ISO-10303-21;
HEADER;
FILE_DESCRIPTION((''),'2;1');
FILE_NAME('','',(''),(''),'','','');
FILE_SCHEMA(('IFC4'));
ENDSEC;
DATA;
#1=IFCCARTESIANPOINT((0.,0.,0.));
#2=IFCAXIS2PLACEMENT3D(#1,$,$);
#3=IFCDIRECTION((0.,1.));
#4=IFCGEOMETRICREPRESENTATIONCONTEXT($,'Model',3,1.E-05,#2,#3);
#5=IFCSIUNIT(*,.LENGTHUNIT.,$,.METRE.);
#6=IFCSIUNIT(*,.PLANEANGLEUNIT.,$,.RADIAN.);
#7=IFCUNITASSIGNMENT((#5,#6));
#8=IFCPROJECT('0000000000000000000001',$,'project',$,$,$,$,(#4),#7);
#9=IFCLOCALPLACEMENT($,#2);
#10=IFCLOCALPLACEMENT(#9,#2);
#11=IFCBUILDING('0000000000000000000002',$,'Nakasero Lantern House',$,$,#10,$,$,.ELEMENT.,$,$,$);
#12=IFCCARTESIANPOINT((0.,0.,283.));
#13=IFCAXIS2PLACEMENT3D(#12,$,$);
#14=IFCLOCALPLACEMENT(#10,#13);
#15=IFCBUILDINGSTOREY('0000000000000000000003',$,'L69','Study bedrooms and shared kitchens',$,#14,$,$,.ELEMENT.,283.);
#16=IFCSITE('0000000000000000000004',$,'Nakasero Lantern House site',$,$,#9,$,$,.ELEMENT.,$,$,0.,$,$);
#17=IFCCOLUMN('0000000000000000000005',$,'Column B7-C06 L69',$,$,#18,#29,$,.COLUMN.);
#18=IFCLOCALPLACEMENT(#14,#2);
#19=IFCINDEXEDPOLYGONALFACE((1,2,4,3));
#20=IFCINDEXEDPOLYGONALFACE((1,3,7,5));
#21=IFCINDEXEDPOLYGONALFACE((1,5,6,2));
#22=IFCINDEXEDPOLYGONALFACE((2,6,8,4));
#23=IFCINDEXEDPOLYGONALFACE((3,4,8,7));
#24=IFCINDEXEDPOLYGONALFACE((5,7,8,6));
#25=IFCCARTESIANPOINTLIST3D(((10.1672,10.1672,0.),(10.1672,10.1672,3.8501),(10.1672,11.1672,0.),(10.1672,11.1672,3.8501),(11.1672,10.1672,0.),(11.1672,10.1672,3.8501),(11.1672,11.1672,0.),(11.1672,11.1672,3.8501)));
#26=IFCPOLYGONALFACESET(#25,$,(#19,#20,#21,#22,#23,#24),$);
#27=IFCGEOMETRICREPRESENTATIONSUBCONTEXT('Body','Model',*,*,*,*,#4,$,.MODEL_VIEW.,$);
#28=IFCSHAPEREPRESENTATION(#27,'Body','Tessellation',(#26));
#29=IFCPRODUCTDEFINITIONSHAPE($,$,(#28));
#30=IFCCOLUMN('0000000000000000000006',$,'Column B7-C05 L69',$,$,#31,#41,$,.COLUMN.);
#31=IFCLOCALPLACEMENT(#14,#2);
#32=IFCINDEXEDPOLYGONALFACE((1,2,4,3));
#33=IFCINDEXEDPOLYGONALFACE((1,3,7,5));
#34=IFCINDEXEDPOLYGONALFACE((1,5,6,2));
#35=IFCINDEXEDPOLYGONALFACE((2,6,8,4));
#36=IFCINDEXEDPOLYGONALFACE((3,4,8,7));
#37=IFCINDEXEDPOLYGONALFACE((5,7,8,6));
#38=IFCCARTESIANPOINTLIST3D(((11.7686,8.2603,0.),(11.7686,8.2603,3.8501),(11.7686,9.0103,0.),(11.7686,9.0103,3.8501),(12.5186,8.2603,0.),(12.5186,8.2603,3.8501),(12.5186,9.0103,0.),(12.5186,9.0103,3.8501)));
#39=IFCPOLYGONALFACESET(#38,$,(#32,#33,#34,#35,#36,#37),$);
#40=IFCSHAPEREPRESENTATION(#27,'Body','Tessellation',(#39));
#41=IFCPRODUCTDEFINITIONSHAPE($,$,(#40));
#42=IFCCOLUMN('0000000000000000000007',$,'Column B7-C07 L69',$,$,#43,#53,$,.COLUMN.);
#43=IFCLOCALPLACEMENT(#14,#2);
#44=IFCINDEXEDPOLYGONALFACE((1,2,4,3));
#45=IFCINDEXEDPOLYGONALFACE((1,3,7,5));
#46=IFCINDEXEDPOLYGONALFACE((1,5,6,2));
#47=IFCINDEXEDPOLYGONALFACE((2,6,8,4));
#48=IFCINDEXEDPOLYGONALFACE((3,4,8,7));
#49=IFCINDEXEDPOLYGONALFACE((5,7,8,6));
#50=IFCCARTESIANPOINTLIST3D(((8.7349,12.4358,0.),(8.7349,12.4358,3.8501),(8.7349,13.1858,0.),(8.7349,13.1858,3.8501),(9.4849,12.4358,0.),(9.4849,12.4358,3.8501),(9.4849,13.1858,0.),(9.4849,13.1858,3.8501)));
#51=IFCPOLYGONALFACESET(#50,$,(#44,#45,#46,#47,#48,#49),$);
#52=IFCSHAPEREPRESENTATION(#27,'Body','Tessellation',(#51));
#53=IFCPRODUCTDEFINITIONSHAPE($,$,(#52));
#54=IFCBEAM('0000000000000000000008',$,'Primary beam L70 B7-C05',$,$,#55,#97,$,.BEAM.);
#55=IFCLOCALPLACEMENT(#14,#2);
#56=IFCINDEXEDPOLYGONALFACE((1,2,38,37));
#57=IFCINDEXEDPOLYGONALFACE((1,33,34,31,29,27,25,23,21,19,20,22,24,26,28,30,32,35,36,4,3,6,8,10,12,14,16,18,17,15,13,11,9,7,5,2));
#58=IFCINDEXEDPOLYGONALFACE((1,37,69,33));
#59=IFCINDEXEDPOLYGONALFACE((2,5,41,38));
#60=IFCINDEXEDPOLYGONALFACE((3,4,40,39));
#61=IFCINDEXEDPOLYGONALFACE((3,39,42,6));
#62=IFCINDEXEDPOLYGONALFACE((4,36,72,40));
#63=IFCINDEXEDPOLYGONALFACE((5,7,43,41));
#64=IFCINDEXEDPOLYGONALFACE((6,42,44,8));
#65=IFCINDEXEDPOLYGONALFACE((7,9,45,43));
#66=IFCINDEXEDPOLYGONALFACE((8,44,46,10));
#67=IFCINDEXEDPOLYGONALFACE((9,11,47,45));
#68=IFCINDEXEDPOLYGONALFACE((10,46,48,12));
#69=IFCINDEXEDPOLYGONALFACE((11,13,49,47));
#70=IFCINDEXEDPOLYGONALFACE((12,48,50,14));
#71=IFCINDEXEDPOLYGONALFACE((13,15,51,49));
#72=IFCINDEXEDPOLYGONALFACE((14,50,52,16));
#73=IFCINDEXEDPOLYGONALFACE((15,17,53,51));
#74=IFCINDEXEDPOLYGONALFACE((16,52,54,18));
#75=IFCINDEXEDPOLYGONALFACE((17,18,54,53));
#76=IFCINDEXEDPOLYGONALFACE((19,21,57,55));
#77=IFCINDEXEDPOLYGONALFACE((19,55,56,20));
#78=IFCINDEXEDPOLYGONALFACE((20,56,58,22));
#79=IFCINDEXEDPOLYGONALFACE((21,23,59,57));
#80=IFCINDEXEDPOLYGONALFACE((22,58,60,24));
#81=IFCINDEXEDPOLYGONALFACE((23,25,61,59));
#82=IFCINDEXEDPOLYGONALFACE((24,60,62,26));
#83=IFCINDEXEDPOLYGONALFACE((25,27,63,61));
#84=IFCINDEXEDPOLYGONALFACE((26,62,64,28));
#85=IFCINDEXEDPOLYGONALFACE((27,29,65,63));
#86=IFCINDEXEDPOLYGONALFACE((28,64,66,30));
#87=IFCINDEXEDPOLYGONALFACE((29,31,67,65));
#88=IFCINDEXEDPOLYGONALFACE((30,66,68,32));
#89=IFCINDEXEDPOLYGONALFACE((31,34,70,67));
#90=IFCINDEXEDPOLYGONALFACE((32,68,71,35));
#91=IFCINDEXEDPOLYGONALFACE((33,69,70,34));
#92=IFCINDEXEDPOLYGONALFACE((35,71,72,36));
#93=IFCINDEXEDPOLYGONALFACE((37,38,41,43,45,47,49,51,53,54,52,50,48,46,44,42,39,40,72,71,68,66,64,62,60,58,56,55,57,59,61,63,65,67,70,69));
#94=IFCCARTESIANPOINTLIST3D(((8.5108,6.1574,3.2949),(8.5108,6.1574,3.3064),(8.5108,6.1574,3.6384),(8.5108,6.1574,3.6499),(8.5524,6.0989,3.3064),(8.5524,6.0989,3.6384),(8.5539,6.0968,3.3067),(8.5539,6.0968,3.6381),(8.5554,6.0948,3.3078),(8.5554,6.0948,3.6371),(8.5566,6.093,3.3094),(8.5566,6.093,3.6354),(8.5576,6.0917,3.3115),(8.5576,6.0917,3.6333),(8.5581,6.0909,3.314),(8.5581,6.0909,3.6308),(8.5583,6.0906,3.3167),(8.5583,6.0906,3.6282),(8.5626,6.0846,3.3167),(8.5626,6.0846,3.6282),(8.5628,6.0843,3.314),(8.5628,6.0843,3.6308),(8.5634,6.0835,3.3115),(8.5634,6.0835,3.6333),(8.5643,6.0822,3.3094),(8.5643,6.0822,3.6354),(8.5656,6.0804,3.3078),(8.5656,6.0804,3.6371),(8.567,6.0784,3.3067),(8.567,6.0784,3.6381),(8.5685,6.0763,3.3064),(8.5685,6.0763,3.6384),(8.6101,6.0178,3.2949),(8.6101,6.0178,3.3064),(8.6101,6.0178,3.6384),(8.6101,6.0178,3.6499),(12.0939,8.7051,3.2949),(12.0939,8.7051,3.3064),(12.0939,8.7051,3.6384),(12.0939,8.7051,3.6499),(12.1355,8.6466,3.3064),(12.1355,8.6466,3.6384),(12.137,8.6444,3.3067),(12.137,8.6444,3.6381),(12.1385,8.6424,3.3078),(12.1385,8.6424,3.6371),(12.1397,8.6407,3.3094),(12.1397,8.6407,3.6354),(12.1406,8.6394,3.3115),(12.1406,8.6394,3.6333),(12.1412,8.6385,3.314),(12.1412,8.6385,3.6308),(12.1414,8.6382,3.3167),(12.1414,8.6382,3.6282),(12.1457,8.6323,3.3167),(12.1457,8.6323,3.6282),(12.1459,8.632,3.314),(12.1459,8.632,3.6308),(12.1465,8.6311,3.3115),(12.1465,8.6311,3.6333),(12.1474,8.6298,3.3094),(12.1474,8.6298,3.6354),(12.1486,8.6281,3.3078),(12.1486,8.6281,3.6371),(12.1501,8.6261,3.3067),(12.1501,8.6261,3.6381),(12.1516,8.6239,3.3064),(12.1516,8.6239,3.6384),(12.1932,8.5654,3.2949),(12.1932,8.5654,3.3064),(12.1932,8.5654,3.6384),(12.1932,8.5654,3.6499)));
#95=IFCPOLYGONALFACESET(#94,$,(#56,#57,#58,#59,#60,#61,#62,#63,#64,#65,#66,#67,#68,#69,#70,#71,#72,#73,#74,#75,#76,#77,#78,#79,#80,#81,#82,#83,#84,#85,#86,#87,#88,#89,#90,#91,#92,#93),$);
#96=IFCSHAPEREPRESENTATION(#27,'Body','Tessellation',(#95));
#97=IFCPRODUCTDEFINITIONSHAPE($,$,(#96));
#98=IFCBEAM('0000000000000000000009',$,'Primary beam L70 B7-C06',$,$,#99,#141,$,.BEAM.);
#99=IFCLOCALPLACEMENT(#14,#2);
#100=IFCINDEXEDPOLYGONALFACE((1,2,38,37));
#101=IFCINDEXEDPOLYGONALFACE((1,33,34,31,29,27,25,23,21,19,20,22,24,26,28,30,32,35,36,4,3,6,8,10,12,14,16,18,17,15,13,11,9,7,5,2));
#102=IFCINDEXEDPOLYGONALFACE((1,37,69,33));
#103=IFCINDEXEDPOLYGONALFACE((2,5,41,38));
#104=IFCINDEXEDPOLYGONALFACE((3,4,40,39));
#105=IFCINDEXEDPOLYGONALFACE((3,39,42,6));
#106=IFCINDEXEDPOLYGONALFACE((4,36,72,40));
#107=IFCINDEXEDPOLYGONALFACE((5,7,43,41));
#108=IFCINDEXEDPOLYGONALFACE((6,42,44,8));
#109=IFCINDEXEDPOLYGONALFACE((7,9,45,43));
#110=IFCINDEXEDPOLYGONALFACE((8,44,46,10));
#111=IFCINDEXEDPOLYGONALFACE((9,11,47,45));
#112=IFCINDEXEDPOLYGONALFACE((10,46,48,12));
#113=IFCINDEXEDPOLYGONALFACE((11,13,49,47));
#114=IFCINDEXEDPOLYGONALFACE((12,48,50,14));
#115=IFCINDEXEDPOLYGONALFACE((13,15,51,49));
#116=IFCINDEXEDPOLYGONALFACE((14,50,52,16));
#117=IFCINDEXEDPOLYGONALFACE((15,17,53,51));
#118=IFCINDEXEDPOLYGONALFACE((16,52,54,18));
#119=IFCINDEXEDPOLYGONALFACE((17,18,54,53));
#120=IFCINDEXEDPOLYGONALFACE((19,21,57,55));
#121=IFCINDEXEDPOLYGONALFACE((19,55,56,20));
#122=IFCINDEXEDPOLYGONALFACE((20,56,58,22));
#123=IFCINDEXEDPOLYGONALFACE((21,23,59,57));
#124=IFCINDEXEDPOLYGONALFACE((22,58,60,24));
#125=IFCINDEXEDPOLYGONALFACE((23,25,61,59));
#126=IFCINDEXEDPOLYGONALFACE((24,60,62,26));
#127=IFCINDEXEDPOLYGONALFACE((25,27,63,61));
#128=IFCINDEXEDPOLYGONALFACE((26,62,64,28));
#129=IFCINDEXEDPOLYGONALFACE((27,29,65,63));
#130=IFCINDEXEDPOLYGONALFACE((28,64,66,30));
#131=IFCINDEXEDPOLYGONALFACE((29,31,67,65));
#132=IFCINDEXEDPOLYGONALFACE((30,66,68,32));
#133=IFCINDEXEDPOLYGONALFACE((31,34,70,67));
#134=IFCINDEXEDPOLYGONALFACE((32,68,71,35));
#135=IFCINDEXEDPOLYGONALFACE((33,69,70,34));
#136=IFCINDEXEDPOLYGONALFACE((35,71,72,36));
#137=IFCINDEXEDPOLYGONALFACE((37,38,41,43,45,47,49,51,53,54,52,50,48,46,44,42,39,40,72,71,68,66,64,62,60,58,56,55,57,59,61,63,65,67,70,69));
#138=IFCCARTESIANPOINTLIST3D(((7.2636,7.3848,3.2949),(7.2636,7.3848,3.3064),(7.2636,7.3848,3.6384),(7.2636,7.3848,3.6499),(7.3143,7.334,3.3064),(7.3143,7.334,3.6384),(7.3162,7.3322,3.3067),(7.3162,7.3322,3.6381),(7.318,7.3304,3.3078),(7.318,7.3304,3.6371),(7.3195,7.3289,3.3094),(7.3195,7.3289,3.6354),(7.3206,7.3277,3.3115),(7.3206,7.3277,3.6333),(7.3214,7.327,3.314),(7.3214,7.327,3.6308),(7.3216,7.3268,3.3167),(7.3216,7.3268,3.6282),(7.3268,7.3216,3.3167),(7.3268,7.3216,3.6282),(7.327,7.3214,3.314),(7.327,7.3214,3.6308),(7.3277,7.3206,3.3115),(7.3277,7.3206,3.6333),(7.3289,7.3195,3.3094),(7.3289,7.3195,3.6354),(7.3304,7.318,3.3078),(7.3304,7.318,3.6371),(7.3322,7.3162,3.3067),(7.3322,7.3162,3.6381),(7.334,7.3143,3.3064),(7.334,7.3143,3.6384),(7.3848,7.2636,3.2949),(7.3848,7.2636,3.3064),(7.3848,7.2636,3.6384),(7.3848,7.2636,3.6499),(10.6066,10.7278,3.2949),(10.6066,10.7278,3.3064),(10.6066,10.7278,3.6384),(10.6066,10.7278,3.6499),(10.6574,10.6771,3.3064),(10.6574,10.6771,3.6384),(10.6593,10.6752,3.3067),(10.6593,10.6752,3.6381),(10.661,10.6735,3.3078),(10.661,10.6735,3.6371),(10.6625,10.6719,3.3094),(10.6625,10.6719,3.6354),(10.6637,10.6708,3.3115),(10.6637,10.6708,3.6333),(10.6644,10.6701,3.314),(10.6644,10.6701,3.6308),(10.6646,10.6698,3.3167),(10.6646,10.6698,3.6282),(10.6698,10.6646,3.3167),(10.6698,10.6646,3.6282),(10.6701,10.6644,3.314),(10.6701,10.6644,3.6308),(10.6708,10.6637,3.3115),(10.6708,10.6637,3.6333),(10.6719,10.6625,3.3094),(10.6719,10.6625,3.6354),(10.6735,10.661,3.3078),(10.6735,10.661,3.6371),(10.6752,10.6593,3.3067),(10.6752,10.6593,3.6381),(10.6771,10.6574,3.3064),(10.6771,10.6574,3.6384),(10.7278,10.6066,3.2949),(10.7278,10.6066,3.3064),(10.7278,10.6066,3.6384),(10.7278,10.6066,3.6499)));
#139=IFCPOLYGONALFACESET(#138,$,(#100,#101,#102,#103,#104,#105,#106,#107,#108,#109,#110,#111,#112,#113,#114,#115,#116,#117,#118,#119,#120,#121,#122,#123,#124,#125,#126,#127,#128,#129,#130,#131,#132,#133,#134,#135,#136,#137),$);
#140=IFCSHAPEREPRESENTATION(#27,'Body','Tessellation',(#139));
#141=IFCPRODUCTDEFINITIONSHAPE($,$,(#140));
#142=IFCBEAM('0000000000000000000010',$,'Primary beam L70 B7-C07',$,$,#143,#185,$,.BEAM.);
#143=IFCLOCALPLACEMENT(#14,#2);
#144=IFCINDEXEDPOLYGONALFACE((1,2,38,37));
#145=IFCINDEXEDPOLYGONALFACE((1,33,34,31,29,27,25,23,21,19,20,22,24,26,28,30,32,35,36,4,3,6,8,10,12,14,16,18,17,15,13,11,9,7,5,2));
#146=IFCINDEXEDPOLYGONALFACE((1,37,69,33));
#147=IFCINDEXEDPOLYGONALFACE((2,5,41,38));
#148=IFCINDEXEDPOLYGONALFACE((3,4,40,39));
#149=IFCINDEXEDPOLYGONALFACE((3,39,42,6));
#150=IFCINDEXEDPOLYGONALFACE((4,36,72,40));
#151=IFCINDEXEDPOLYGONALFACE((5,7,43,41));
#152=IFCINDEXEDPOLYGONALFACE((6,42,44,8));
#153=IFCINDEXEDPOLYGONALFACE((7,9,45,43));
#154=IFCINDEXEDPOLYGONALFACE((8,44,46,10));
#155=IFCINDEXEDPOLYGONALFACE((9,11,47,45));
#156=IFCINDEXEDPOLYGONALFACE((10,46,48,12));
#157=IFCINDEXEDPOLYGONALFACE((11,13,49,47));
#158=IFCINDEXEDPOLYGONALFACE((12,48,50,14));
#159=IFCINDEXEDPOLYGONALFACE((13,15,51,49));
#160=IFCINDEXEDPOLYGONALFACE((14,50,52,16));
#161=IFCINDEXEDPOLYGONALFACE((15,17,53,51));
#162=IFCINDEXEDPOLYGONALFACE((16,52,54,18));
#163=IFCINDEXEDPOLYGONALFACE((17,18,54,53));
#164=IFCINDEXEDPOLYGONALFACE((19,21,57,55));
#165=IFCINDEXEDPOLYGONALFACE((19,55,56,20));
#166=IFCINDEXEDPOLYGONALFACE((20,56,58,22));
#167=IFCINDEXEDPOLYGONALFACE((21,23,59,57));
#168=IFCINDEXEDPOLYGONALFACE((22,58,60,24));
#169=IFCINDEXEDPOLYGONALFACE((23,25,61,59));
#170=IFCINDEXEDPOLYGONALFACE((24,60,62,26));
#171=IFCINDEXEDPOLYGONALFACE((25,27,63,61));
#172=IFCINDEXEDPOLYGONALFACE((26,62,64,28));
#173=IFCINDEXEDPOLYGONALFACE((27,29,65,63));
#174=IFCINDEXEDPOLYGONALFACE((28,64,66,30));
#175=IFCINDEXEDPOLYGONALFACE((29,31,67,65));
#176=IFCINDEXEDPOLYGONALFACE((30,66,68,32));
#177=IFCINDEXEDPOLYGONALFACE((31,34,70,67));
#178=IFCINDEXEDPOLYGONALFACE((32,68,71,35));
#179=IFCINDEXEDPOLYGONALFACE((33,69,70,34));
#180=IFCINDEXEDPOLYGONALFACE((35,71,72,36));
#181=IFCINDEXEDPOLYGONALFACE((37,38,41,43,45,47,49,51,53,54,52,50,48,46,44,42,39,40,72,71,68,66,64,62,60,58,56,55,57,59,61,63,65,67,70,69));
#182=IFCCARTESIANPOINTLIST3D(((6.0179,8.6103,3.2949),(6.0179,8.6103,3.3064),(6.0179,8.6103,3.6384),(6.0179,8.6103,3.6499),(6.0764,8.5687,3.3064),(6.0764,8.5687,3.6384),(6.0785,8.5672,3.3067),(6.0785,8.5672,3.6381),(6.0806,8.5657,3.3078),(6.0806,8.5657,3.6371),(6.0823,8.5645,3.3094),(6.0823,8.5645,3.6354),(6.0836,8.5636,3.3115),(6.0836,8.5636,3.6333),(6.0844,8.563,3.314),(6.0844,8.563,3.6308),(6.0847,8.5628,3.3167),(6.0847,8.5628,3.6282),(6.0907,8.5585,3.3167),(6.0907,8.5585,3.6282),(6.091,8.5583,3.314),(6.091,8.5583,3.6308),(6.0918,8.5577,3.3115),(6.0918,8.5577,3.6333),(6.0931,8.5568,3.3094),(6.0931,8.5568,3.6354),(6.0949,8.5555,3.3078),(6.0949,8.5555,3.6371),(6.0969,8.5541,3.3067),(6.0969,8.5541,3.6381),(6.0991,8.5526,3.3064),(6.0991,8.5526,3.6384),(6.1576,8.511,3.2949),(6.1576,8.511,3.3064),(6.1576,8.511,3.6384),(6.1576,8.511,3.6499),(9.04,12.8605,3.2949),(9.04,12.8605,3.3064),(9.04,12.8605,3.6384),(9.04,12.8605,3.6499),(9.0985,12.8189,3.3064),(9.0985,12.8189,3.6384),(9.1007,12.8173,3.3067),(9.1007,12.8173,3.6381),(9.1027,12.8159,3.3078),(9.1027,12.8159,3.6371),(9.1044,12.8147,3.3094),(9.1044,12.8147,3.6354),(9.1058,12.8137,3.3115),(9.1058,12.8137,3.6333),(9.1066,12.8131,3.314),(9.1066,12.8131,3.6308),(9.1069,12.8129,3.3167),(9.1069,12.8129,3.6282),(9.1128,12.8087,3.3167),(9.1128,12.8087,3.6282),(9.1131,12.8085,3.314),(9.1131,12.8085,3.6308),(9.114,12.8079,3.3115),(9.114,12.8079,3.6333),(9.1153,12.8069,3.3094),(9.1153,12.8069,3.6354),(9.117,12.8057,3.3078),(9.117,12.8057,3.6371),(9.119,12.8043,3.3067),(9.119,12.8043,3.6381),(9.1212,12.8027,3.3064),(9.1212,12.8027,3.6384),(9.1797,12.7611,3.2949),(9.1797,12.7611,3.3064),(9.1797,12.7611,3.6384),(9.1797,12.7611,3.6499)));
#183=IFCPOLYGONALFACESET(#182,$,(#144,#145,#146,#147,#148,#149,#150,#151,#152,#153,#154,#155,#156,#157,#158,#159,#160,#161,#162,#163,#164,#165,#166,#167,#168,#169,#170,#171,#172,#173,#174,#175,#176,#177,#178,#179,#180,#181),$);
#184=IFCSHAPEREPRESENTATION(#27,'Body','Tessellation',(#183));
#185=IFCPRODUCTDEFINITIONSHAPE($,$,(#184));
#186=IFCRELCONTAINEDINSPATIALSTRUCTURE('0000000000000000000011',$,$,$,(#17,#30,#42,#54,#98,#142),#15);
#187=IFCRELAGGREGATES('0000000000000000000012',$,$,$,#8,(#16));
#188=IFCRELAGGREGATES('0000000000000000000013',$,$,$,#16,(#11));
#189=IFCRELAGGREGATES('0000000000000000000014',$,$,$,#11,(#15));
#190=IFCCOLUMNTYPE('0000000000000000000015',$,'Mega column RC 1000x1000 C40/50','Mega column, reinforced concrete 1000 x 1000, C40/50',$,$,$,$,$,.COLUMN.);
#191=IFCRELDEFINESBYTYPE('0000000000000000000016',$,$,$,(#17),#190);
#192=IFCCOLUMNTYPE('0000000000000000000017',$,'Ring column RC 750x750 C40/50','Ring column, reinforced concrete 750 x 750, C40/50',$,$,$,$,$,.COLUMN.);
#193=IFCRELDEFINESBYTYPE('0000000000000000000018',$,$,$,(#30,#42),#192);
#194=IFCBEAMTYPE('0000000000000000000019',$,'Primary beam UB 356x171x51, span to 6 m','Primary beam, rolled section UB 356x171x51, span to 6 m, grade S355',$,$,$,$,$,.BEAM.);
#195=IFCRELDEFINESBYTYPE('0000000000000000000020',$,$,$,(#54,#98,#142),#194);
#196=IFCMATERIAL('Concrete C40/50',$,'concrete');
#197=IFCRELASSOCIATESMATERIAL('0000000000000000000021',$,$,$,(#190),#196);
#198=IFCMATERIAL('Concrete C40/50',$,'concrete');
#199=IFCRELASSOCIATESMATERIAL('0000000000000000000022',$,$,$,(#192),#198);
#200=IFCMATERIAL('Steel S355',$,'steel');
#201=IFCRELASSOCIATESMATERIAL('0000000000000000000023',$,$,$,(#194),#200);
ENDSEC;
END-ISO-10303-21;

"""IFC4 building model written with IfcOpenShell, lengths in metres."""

from ifc_helpers import new_model, si_unit, direction, frame, origin, origin_2d, place, context, subcontext, project, spatial, rectangle, i_section, extrude, material, material_profile, profile_set, type_object, element, save


model = new_model("IFC4")

# Units and contexts
model_context = context("Model", 3, precision=1e-05, world=origin(), true_north=direction((0.0, 1.0)))
body_context = subcontext(model_context, "Body", "Model", "MODEL_VIEW")
ifc_project = project(units=[si_unit("LENGTHUNIT", "METRE"), si_unit("PLANEANGLEUNIT", "RADIAN")], contexts=[model_context])

# Site, building, storey
site_placement = place(None, origin())
site = spatial("IfcSite", under=ifc_project, at=site_placement, Name="Nakasero Lantern House site", CompositionType="ELEMENT", RefElevation=0.0)
building_placement = place(site_placement, origin())
building = spatial("IfcBuilding", under=site, at=building_placement, Name="Nakasero Lantern House", CompositionType="ELEMENT")
storey_placement = place(building_placement, frame((0.0, 0.0, 283.0)))
storey = spatial("IfcBuildingStorey", under=building, at=storey_placement, Name="L69", Description="Study bedrooms and shared kitchens", CompositionType="ELEMENT", Elevation=283.0)

# Columns
ifc_material_1 = material(Name="Concrete C40/50", Category="concrete")
ifc_material_profile_1 = material_profile(ifc_material_1, rectangle(XDim=1.0, YDim=1.0, at=origin_2d()), Name="RC 1000x1000")
ifc_profile_set_1 = profile_set([ifc_material_profile_1], Name="Concrete C40/50")
column_type_1 = type_object("IfcColumnType", Name="Mega column RC 1000x1000 C40/50", Description="Mega column, reinforced concrete 1000 x 1000, C40/50", PredefinedType="COLUMN", material=ifc_profile_set_1)
column_placement = place(storey_placement, frame((10.6672, 10.6672, 0.0), z_axis=(0.0, 0.0, 1.0), x_axis=(1.0, 0.0, 0.0)))
element("IfcColumn", 1, at=column_placement, inside=storey, type_object=column_type_1, Name="Column B7-C06 L69", PredefinedType="COLUMN", context=body_context, shape_type="SweptSolid", body=[
    extrude(rectangle(XDim=1.0, YDim=1.0, at=origin_2d()), origin(), (0.0, 0.0, 1.0), 3.8501),
])
ifc_material_2 = material(Name="Concrete C40/50", Category="concrete")
ifc_material_profile_2 = material_profile(ifc_material_2, rectangle(XDim=0.75, YDim=0.75, at=origin_2d()), Name="RC 750x750")
ifc_profile_set_2 = profile_set([ifc_material_profile_2], Name="Concrete C40/50")
column_type_2 = type_object("IfcColumnType", Name="Ring column RC 750x750 C40/50", Description="Ring column, reinforced concrete 750 x 750, C40/50", PredefinedType="COLUMN", material=ifc_profile_set_2)
for number, where, z_axis, x_axis, name in (
    (2, (12.1436, 8.6353, 0.0), (0.0, 0.0, 1.0), (1.0, 0.0, 0.0), "Column B7-C05 L69"),
    (3, (9.1099, 12.8108, 0.0), (0.0, 0.0, 1.0), (1.0, 0.0, 0.0), "Column B7-C07 L69"),
):
    element("IfcColumn", number, at=place(storey_placement, frame(where, z_axis=z_axis, x_axis=x_axis)), inside=storey, type_object=column_type_2, Name=name, PredefinedType="COLUMN", context=body_context, shape_type="SweptSolid", body=[
        extrude(rectangle(XDim=0.75, YDim=0.75, at=origin_2d()), origin(), (0.0, 0.0, 1.0), 3.8501),
    ])

# Beams
ifc_material_3 = material(Name="Steel S355", Category="steel")
ifc_material_profile_3 = material_profile(ifc_material_3, i_section(OverallWidth=0.1714, OverallDepth=0.355, WebThickness=0.0073, FlangeThickness=0.0115, FilletRadius=0.0103, at=origin_2d()), Name="UB 356x171x51")
ifc_profile_set_3 = profile_set([ifc_material_profile_3], Name="Steel S355")
beam_type_1 = type_object("IfcBeamType", Name="Primary beam UB 356x171x51, span to 6 m", Description="Primary beam, rolled section UB 356x171x51, span to 6 m, grade S355", PredefinedType="BEAM", material=ifc_profile_set_3)
beam_1_placement = place(storey_placement, frame((12.1436, 8.6353, 3.4724), z_axis=(-0.814989, -0.579477, 0.0), x_axis=(0.579477, -0.814989, 0.0)))
element("IfcBeam", 4, at=beam_1_placement, inside=storey, type_object=beam_type_1, Name="Primary beam L70 B7-C05", PredefinedType="BEAM", context=body_context, shape_type="SweptSolid", body=[
    extrude(i_section(OverallWidth=0.1714, OverallDepth=0.355, WebThickness=0.0073, FlangeThickness=0.0115, FilletRadius=0.0103, at=origin_2d()), origin(), (0.0, 0.0, 1.0), 4.3965),
])
beam_2_placement = place(storey_placement, frame((10.6672, 10.6672, 3.4724), z_axis=(-0.707107, -0.707107, 0.0), x_axis=(0.707107, -0.707107, 0.0)))
element("IfcBeam", 5, at=beam_2_placement, inside=storey, type_object=beam_type_1, Name="Primary beam L70 B7-C06", PredefinedType="BEAM", context=body_context, shape_type="SweptSolid", body=[
    extrude(i_section(OverallWidth=0.1714, OverallDepth=0.355, WebThickness=0.0073, FlangeThickness=0.0115, FilletRadius=0.0103, at=origin_2d()), origin(), (0.0, 0.0, 1.0), 4.7278),
])
beam_3_placement = place(storey_placement, frame((9.1099, 12.8108, 3.4724), z_axis=(-0.579501, -0.814972, 0.0), x_axis=(0.814972, -0.579501, 0.0)))
element("IfcBeam", 6, at=beam_3_placement, inside=storey, type_object=beam_type_1, Name="Primary beam L70 B7-C07", PredefinedType="BEAM", context=body_context, shape_type="SweptSolid", body=[
    extrude(i_section(OverallWidth=0.1714, OverallDepth=0.355, WebThickness=0.0073, FlangeThickness=0.0115, FilletRadius=0.0103, at=origin_2d()), origin(), (0.0, 0.0, 1.0), 5.2151),
])

save(model, "model.ifc")
